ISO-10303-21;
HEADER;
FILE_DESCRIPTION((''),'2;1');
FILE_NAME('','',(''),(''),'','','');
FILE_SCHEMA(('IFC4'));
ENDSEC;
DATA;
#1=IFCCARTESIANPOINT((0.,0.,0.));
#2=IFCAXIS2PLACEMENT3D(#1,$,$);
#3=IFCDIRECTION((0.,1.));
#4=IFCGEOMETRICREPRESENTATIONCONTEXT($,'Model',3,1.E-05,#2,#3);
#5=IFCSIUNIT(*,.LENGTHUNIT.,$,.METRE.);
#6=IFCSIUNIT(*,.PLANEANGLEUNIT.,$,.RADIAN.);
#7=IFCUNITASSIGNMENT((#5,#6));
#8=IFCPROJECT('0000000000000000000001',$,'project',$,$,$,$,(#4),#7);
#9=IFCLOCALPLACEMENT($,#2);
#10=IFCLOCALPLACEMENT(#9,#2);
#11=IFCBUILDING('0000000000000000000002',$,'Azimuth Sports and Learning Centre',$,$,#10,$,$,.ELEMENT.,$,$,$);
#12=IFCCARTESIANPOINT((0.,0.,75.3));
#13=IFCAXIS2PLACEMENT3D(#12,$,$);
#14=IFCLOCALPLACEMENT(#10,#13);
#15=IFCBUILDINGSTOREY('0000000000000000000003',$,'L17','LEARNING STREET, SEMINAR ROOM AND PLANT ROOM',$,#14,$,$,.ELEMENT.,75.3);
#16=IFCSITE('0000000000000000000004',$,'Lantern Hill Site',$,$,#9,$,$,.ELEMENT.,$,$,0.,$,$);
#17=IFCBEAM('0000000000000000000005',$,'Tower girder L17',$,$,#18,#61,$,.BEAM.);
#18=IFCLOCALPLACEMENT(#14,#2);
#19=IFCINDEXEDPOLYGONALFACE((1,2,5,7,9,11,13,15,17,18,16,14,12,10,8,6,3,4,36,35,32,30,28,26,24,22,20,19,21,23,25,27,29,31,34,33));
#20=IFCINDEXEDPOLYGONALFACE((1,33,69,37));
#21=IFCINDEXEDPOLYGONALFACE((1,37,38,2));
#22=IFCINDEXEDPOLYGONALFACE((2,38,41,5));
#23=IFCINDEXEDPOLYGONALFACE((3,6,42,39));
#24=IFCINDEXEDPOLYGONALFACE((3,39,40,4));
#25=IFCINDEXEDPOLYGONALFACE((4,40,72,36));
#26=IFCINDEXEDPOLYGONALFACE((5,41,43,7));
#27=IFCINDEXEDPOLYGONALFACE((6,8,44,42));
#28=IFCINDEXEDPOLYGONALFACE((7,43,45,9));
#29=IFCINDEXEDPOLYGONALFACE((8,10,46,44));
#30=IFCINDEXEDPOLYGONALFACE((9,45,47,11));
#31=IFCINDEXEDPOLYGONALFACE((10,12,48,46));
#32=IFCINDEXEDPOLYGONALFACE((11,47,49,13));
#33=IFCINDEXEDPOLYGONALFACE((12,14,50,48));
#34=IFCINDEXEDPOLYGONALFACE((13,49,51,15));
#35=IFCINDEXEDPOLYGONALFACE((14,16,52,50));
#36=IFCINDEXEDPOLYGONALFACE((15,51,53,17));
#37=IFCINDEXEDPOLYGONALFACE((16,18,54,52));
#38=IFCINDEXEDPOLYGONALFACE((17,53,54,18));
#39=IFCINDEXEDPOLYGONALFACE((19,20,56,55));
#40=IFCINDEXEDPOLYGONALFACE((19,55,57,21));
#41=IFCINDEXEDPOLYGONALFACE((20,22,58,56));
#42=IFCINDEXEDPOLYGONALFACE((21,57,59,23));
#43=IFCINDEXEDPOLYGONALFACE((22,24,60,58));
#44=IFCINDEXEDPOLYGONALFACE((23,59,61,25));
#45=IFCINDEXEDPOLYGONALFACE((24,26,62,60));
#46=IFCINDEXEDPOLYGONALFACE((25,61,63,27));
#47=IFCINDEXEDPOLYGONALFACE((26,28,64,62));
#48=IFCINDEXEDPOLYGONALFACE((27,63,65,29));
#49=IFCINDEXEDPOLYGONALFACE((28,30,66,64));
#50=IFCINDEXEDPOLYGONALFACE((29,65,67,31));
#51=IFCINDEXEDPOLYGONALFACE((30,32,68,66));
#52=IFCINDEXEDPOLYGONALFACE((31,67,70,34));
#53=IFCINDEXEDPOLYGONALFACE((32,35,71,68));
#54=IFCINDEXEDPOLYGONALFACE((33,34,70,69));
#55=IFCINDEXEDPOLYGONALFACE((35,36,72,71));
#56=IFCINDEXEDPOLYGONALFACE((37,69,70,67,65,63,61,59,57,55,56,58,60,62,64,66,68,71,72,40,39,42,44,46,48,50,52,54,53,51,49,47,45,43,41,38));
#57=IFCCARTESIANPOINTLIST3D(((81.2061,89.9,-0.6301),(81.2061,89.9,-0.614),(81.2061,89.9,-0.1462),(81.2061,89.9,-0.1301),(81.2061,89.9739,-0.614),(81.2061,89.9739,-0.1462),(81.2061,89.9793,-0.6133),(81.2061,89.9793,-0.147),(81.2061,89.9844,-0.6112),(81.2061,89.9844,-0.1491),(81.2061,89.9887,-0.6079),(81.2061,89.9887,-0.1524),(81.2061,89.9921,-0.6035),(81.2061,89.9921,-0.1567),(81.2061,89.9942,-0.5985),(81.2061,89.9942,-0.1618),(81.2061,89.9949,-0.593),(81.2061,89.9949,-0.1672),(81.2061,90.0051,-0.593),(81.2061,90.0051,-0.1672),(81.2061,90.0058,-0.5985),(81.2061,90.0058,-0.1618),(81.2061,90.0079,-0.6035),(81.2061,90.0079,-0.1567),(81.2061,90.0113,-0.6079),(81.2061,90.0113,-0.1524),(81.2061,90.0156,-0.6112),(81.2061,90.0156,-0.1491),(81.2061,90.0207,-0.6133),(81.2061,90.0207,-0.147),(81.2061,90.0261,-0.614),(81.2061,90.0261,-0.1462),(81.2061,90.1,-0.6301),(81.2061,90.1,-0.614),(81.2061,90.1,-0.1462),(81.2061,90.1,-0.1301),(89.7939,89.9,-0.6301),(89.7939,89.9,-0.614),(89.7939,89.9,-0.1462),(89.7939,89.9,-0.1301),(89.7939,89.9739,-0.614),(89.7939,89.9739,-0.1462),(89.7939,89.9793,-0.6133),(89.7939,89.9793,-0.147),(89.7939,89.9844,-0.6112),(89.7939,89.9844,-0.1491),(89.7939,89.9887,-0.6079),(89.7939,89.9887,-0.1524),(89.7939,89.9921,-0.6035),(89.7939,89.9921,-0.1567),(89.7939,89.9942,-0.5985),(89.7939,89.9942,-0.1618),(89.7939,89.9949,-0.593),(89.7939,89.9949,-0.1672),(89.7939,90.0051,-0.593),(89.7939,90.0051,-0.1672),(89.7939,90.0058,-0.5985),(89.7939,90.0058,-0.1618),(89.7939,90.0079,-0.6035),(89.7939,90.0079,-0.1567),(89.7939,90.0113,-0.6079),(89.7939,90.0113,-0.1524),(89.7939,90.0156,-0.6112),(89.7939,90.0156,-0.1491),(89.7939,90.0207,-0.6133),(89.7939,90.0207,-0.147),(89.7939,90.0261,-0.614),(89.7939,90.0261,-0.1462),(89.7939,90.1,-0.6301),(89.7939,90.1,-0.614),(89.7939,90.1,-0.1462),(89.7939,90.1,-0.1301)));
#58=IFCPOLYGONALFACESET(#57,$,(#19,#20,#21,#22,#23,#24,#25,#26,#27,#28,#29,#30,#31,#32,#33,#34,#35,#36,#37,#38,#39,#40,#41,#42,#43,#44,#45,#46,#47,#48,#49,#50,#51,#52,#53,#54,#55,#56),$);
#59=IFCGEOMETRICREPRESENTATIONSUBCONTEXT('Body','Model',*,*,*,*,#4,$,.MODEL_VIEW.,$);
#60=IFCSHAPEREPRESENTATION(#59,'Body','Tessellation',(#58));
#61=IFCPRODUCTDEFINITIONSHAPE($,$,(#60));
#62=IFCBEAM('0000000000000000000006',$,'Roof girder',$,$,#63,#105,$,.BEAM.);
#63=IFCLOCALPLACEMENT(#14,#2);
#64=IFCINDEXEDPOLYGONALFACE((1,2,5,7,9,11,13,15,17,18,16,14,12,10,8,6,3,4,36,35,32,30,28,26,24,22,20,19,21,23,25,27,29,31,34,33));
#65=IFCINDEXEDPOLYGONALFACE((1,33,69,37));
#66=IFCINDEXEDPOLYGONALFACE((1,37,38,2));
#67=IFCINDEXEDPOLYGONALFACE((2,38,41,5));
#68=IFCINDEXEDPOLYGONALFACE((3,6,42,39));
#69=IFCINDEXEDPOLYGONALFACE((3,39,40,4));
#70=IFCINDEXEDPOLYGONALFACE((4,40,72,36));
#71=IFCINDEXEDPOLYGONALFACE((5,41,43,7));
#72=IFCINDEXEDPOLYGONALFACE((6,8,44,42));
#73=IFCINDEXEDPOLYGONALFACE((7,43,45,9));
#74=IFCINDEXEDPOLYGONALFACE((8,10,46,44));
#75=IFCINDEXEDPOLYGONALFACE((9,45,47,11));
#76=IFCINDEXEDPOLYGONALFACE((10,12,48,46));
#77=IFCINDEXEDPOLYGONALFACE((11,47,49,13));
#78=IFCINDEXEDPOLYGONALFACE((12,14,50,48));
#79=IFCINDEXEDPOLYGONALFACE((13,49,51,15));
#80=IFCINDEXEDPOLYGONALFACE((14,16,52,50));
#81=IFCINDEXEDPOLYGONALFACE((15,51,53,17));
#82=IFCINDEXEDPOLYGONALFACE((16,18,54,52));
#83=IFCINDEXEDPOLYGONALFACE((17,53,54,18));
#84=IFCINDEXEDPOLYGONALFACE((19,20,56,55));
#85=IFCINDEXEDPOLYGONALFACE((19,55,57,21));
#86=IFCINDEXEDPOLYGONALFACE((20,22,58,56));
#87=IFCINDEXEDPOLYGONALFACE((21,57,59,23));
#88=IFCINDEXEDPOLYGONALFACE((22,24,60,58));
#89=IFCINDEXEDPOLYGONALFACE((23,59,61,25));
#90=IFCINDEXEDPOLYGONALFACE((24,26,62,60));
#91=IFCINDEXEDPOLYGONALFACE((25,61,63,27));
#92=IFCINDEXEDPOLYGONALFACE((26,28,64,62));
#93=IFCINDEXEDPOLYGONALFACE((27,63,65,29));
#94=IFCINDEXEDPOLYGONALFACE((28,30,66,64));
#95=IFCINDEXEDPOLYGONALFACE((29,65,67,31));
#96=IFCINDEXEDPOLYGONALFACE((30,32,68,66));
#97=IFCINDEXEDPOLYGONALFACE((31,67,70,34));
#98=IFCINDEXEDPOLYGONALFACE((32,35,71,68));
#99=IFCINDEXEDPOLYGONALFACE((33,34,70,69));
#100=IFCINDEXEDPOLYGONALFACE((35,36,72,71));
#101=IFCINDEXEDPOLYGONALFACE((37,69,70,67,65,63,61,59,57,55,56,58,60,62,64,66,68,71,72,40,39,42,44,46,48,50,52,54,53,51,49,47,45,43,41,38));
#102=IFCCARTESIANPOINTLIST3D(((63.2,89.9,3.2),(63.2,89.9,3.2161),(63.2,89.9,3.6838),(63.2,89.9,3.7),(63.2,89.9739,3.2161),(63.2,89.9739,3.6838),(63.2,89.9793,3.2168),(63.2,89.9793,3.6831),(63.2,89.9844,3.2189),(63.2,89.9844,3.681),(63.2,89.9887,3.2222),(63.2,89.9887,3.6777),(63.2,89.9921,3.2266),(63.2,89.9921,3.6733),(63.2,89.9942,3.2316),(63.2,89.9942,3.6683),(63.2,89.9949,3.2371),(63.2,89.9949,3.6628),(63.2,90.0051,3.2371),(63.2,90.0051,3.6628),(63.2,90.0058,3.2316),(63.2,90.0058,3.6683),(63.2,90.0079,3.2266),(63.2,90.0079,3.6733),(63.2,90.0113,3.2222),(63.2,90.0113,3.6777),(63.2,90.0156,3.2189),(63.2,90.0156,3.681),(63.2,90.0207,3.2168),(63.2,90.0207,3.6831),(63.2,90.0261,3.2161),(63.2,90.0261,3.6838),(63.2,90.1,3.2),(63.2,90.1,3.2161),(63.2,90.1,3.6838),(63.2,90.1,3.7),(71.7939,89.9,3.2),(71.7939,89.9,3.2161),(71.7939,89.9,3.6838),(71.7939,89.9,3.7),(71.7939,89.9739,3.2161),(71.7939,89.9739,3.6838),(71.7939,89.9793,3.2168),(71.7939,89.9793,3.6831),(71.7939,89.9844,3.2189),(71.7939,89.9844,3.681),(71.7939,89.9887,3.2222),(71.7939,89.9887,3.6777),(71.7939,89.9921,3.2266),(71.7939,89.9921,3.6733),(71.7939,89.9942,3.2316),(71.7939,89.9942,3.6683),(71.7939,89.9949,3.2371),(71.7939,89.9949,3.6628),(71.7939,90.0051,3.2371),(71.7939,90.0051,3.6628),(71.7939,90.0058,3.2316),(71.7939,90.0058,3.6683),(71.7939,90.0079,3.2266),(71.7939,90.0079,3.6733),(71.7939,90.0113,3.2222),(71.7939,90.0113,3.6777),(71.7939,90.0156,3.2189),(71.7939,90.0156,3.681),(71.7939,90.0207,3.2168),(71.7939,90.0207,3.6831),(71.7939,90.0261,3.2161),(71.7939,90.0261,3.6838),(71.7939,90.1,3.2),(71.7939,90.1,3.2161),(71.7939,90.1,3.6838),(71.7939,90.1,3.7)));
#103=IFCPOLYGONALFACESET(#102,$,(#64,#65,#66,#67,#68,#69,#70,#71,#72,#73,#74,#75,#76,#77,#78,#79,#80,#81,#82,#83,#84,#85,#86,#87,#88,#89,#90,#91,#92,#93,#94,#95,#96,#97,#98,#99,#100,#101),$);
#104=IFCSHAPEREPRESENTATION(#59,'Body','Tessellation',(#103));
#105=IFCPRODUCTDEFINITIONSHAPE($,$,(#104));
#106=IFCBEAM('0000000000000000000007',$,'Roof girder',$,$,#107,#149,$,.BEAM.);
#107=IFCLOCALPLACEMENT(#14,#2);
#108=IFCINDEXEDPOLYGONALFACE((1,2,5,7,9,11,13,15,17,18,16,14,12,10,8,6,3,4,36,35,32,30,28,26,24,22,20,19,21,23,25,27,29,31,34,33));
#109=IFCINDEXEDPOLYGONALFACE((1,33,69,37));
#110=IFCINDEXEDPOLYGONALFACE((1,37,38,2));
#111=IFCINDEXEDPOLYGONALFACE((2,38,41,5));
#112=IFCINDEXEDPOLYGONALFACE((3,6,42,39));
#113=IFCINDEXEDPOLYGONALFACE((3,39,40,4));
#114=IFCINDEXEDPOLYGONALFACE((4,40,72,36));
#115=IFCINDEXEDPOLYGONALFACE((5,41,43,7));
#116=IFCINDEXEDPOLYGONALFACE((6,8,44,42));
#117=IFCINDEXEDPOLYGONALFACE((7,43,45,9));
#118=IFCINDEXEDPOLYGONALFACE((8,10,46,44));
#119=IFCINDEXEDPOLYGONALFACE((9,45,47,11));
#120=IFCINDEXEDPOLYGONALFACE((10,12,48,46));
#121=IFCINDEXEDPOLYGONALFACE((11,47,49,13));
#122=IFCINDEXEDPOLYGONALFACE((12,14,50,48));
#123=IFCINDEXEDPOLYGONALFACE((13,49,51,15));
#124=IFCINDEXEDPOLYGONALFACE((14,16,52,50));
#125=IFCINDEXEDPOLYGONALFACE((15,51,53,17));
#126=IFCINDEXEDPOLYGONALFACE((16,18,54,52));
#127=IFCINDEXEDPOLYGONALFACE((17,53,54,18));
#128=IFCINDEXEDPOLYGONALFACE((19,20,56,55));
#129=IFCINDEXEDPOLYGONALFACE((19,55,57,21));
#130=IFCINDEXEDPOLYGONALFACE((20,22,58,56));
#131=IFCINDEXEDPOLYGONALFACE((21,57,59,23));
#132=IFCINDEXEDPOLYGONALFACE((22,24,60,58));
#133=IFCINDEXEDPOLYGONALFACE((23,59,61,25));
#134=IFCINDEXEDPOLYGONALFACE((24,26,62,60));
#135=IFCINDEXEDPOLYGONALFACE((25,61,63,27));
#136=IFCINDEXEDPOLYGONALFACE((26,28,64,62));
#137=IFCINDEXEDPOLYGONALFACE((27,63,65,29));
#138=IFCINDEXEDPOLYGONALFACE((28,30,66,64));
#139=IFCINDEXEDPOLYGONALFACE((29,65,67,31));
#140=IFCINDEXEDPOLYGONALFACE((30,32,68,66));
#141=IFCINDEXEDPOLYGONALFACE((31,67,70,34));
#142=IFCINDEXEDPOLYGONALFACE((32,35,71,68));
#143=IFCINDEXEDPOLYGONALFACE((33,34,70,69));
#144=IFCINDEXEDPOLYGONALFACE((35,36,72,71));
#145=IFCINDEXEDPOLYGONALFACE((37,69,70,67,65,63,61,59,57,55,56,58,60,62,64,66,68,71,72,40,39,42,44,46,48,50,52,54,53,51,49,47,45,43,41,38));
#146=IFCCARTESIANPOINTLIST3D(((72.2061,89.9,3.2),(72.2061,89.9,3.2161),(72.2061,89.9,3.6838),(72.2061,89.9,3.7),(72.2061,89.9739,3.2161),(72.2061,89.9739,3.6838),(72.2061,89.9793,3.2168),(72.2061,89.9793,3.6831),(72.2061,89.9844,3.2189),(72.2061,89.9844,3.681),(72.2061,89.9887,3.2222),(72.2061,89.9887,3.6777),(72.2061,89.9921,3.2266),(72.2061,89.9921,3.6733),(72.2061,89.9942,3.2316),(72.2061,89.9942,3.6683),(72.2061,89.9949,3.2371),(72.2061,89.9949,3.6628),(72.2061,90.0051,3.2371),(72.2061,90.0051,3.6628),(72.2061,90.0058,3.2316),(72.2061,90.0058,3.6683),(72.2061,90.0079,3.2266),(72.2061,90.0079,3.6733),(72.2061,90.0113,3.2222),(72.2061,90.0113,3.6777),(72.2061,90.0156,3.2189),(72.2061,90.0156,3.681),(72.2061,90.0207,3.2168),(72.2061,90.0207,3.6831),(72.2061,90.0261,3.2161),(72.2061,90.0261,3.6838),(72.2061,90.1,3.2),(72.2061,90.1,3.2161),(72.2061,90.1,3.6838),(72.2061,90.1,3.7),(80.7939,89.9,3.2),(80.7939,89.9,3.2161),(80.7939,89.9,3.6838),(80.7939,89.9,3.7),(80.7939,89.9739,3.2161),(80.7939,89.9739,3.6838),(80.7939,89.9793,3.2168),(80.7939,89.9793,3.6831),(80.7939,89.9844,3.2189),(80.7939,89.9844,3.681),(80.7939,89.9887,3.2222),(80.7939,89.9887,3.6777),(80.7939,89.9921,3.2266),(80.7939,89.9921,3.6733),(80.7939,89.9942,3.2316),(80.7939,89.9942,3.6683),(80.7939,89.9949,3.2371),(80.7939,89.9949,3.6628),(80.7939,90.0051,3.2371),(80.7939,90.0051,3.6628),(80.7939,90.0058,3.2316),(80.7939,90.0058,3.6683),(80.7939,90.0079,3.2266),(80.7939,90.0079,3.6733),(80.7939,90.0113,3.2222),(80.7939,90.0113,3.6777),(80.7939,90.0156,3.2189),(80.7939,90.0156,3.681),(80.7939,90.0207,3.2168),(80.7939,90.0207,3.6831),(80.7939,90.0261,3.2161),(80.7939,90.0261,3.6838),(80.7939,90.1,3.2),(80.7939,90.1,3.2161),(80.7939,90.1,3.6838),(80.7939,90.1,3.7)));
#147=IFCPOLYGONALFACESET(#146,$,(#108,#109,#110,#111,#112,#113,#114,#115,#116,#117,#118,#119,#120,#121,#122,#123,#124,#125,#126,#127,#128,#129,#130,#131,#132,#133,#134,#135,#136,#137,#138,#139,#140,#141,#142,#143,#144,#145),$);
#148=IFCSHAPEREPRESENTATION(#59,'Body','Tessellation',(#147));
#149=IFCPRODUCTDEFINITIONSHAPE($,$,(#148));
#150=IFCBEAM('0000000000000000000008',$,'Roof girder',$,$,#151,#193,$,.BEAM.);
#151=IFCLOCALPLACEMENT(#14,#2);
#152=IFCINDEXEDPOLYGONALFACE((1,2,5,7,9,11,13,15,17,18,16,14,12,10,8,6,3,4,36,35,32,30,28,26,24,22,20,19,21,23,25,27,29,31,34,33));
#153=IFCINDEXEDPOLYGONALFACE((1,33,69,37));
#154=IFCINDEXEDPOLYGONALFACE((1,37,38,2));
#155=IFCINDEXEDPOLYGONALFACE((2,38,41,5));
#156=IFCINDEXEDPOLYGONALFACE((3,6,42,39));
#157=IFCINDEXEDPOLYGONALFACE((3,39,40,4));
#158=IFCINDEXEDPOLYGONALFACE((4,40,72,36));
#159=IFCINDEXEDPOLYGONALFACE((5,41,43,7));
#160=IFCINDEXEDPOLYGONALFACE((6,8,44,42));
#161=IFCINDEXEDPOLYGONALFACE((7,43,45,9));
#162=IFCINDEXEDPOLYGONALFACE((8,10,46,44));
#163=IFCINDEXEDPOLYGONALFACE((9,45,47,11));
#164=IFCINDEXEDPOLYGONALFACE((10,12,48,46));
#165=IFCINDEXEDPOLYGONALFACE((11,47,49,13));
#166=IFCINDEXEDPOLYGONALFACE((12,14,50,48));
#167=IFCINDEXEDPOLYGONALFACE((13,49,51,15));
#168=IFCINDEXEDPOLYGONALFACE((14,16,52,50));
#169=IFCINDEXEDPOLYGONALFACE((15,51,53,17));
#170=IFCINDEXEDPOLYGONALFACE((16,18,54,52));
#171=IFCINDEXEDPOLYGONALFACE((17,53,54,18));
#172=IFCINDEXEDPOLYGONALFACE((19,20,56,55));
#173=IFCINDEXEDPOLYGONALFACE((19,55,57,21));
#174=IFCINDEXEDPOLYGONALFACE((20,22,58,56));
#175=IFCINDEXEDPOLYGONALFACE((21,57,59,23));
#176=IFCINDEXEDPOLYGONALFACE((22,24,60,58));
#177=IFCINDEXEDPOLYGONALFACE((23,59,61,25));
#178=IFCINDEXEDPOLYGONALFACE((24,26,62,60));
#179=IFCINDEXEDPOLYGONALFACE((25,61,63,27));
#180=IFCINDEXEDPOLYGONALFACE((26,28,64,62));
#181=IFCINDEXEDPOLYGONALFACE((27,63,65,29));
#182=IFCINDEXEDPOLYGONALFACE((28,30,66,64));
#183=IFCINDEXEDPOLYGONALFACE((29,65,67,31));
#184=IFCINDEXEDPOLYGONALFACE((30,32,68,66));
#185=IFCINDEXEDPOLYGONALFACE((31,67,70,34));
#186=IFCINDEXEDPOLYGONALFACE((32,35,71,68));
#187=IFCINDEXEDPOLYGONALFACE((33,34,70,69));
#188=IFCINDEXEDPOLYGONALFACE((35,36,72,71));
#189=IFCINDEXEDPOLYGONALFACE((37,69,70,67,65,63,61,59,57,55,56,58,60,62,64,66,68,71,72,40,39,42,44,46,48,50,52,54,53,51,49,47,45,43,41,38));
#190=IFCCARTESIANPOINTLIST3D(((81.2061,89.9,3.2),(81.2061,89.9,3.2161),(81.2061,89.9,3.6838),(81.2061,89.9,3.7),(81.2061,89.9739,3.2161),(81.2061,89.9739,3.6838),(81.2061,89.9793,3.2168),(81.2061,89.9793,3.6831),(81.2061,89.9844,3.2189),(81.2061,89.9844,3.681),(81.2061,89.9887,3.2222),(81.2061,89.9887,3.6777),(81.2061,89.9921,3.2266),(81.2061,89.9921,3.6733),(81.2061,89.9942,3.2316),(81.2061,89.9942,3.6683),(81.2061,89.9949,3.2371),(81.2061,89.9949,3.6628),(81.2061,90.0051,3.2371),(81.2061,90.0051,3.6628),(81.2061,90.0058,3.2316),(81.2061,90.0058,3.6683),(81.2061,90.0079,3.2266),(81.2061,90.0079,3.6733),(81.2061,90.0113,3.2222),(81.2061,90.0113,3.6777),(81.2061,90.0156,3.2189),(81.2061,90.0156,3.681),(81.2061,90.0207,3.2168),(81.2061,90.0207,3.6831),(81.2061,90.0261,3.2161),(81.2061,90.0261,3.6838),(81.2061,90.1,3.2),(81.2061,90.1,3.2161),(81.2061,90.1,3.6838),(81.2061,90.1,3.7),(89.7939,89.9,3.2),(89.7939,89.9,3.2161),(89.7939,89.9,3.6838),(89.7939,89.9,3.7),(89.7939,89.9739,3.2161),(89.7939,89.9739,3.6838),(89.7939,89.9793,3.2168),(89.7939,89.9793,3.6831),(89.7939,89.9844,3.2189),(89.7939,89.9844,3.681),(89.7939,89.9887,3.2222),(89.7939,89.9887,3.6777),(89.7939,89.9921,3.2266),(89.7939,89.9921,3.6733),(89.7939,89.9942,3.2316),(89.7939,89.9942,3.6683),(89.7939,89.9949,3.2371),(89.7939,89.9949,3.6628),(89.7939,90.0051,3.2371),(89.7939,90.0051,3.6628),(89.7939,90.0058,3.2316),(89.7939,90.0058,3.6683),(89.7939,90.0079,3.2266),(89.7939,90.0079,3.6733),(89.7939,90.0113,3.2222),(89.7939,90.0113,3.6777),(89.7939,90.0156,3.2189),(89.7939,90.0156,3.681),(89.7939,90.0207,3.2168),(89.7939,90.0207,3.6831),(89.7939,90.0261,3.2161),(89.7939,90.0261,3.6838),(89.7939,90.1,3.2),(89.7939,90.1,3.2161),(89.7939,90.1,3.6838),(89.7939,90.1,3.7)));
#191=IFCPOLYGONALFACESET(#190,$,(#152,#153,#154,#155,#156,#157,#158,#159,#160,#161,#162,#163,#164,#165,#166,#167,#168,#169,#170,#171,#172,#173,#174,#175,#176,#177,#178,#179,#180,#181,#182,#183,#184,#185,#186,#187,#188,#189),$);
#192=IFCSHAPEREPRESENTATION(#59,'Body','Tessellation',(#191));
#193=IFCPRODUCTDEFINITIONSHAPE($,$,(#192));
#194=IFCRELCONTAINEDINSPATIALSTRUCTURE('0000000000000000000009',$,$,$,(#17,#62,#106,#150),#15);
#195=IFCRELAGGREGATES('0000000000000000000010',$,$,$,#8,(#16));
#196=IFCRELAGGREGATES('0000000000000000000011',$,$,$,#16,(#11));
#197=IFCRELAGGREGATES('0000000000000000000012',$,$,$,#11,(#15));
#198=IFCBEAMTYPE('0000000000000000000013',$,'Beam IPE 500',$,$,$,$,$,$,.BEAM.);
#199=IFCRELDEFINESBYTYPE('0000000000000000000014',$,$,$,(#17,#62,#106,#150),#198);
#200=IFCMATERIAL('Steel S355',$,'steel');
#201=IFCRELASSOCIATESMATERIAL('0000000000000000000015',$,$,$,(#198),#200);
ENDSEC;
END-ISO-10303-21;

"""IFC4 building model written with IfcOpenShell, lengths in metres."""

from ifc_helpers import new_model, si_unit, direction, frame, origin, origin_2d, place, context, subcontext, project, spatial, i_section, extrude, material, material_profile, profile_set, type_object, element, save


model = new_model("IFC4")

# Units and contexts
model_context = context("Model", 3, precision=1e-05, world=origin(), true_north=direction((0.0, 1.0)))
body_context = subcontext(model_context, "Body", "Model", "MODEL_VIEW")
ifc_project = project(units=[si_unit("LENGTHUNIT", "METRE"), si_unit("PLANEANGLEUNIT", "RADIAN")], contexts=[model_context])

# Site, building, storey
site_placement = place(None, origin())
site = spatial("IfcSite", under=ifc_project, at=site_placement, Name="Lantern Hill Site", CompositionType="ELEMENT", RefElevation=0.0)
building_placement = place(site_placement, origin())
building = spatial("IfcBuilding", under=site, at=building_placement, Name="Azimuth Sports and Learning Centre", CompositionType="ELEMENT")
storey_placement = place(building_placement, frame((0.0, 0.0, 75.3)))
storey = spatial("IfcBuildingStorey", under=building, at=storey_placement, Name="L17", Description="LEARNING STREET, SEMINAR ROOM AND PLANT ROOM", CompositionType="ELEMENT", Elevation=75.3)

# Beams
ifc_material_1 = material(Name="Steel S355", Category="steel")
ifc_material_profile_1 = material_profile(ifc_material_1, i_section(OverallWidth=0.2, OverallDepth=0.5, WebThickness=0.0103, FlangeThickness=0.0161, FilletRadius=0.021, at=origin_2d()), Name="IPE 500")
ifc_profile_set_1 = profile_set([ifc_material_profile_1], Name="Steel S355")
beam_type_1 = type_object("IfcBeamType", Name="Beam IPE 500", PredefinedType="BEAM", material=ifc_profile_set_1)
for number, where, z_axis, x_axis, name in (
    (1, (81.2061, 90.0, -0.3801), (1.0, 0.0, 0.0), (0.0, 1.0, 0.0), "Tower girder L17"),
):
    element("IfcBeam", number, at=place(storey_placement, frame(where, z_axis=z_axis, x_axis=x_axis)), inside=storey, type_object=beam_type_1, Name=name, PredefinedType="BEAM", context=body_context, shape_type="SweptSolid", body=[
        extrude(i_section(OverallWidth=0.2, OverallDepth=0.5, WebThickness=0.0103, FlangeThickness=0.0161, FilletRadius=0.021, at=origin_2d()), origin(), (0.0, 0.0, 1.0), 8.5879),
    ])
beam_1_placement = place(storey_placement, frame((63.2, 90.0, 3.45), z_axis=(1.0, 0.0, 0.0), x_axis=(0.0, 1.0, 0.0)))
element("IfcBeam", 2, at=beam_1_placement, inside=storey, type_object=beam_type_1, Name="Roof girder", PredefinedType="BEAM", context=body_context, shape_type="SweptSolid", body=[
    extrude(i_section(OverallWidth=0.2, OverallDepth=0.5, WebThickness=0.0103, FlangeThickness=0.0161, FilletRadius=0.021, at=origin_2d()), origin(), (0.0, 0.0, 1.0), 8.594),
])
for number, where, z_axis, x_axis, name in (
    (3, (72.2061, 90.0, 3.45), (1.0, 0.0, 0.0), (0.0, 1.0, 0.0), "Roof girder"),
    (4, (81.2061, 90.0, 3.45), (1.0, 0.0, 0.0), (0.0, 1.0, 0.0), "Roof girder"),
):
    element("IfcBeam", number, at=place(storey_placement, frame(where, z_axis=z_axis, x_axis=x_axis)), inside=storey, type_object=beam_type_1, Name=name, PredefinedType="BEAM", context=body_context, shape_type="SweptSolid", body=[
        extrude(i_section(OverallWidth=0.2, OverallDepth=0.5, WebThickness=0.0103, FlangeThickness=0.0161, FilletRadius=0.021, at=origin_2d()), origin(), (0.0, 0.0, 1.0), 8.5879),
    ])

save(model, "model.ifc")
